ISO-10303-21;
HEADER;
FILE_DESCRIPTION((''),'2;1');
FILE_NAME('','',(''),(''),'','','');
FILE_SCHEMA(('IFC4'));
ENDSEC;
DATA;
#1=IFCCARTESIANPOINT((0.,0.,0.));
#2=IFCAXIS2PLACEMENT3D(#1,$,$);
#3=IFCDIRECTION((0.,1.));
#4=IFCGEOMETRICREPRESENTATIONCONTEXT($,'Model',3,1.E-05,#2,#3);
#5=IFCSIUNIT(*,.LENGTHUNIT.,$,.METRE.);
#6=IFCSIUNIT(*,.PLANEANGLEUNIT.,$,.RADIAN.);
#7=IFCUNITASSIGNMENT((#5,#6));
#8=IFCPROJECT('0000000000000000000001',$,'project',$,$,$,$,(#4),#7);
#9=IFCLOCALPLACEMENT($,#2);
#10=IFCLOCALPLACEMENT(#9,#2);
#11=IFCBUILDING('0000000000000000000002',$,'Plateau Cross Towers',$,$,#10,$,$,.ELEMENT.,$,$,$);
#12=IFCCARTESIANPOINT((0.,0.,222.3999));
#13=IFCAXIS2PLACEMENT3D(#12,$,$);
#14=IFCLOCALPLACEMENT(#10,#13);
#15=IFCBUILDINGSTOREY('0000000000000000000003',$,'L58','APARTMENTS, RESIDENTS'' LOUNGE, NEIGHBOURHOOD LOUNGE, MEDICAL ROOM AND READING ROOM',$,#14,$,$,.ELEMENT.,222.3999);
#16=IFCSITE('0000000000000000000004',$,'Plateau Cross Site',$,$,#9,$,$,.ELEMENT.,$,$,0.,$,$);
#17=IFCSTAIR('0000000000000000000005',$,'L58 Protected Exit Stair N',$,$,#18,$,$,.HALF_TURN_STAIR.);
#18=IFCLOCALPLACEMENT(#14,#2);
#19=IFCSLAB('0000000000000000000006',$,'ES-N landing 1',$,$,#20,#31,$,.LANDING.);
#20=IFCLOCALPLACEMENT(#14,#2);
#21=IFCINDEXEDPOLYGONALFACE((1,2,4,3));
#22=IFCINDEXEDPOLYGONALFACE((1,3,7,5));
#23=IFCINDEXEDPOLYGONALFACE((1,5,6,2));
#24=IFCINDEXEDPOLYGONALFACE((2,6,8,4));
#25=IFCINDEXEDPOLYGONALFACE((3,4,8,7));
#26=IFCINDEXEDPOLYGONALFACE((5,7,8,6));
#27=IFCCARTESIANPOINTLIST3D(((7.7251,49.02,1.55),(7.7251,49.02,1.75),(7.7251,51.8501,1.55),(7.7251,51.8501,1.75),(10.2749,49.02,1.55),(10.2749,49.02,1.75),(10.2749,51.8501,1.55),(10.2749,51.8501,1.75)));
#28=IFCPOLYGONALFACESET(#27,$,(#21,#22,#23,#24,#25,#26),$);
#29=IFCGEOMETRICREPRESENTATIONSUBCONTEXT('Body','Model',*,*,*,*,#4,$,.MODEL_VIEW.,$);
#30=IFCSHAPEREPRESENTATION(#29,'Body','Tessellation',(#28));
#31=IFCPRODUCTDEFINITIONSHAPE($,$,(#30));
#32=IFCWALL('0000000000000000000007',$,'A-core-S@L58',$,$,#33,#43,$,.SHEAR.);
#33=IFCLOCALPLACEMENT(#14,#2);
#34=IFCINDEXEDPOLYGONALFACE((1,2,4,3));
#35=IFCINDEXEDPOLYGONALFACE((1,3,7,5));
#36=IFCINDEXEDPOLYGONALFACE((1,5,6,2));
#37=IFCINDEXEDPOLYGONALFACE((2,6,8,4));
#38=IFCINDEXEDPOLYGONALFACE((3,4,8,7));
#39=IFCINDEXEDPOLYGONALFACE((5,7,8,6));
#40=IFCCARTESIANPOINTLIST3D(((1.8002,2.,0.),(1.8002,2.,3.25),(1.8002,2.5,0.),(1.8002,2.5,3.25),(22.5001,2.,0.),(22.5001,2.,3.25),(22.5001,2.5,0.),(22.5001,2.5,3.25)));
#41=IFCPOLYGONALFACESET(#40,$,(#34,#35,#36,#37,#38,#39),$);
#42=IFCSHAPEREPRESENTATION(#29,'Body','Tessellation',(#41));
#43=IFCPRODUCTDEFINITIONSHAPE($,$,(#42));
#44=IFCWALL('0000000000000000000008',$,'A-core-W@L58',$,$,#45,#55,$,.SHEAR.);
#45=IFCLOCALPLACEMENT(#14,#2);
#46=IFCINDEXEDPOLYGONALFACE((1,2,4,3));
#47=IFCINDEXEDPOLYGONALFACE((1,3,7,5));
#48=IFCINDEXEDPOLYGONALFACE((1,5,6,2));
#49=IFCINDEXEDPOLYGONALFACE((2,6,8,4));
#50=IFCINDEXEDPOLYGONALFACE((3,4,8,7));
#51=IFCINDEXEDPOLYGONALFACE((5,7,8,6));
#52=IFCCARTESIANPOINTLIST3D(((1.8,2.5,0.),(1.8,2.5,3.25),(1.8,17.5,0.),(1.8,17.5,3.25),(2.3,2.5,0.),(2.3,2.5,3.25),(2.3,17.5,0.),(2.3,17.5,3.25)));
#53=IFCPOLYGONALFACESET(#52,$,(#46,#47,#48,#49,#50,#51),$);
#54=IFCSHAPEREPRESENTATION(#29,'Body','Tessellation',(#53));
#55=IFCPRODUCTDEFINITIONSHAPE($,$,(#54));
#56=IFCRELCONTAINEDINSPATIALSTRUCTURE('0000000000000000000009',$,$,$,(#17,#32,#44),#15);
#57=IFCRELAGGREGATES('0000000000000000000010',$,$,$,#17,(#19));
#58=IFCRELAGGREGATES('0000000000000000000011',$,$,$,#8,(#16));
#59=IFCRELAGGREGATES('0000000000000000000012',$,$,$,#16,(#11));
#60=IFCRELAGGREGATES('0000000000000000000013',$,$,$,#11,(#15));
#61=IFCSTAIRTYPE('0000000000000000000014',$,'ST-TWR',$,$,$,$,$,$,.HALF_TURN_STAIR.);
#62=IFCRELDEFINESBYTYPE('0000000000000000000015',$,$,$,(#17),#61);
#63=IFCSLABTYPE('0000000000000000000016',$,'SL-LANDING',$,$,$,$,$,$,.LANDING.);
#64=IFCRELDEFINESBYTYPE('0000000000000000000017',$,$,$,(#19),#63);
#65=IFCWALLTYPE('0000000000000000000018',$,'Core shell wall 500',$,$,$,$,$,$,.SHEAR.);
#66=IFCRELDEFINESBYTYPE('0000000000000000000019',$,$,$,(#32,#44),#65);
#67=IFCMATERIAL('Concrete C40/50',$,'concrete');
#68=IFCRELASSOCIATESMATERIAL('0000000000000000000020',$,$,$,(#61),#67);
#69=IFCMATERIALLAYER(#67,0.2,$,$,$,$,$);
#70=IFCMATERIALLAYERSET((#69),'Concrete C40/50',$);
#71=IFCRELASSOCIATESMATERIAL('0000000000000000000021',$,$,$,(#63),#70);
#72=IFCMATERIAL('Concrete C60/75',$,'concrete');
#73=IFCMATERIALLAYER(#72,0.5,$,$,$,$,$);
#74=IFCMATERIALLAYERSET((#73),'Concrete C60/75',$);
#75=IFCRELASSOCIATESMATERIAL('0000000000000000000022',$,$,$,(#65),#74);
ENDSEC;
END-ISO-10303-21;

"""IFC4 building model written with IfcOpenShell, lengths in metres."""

from ifc_helpers import new_model, si_unit, direction, frame, frame_2d, origin, place, context, subcontext, project, spatial, polyline, rectangle, outline, extrude, material, layer, layer_set, type_object, element, aggregate, save


model = new_model("IFC4")

# Units and contexts
model_context = context("Model", 3, precision=1e-05, world=origin(), true_north=direction((0.0, 1.0)))
body_context = subcontext(model_context, "Body", "Model", "MODEL_VIEW")
ifc_project = project(units=[si_unit("LENGTHUNIT", "METRE"), si_unit("PLANEANGLEUNIT", "RADIAN")], contexts=[model_context])

# Site, building, storey
site_placement = place(None, origin())
site = spatial("IfcSite", under=ifc_project, at=site_placement, Name="Plateau Cross Site", CompositionType="ELEMENT", RefElevation=0.0)
building_placement = place(site_placement, origin())
building = spatial("IfcBuilding", under=site, at=building_placement, Name="Plateau Cross Towers", CompositionType="ELEMENT")
storey_placement = place(building_placement, frame((0.0, 0.0, 222.3999)))
storey = spatial("IfcBuildingStorey", under=building, at=storey_placement, Name="L58", Description="APARTMENTS, RESIDENTS' LOUNGE, NEIGHBOURHOOD LOUNGE, MEDICAL ROOM AND READING ROOM", CompositionType="ELEMENT", Elevation=222.3999)

# Shared definitions
ifc_material_1 = material(Name="Concrete C60/75", Category="concrete")

# Shared definitions
ifc_material_2 = material(Name="Concrete C40/50", Category="concrete")

# Stair, slab
stair_type = type_object("IfcStairType", Name="ST-TWR", PredefinedType="HALF_TURN_STAIR", material=ifc_material_2)
ifc_layer_1 = layer(ifc_material_2, 0.2)
ifc_layer_set_1 = layer_set([ifc_layer_1], Name="Concrete C40/50")
slab_type_1 = type_object("IfcSlabType", Name="SL-LANDING", PredefinedType="LANDING", material=ifc_layer_set_1)
stair_1_placement = place(storey_placement, origin())
stair_1 = element("IfcStair", 1, at=stair_1_placement, inside=storey, type_object=stair_type, Name="L58 Protected Exit Stair N", PredefinedType="HALF_TURN_STAIR")
slab_1_placement = place(storey_placement, frame((0.0, 0.0, 1.55)))
slab_1 = element("IfcSlab", 2, at=slab_1_placement, type_object=slab_type_1, Name="ES-N landing 1", PredefinedType="LANDING", context=body_context, shape_type="SweptSolid", body=[
    extrude(outline(polyline([(10.2749, 49.02), (10.2749, 51.8501), (7.7251, 51.8501), (7.7251, 49.02), (10.2749, 49.02)])), origin(), (0.0, 0.0, 1.0), 0.2),
])
aggregate(stair_1, [slab_1])

# Walls
ifc_layer_2 = layer(ifc_material_1, 0.5)
ifc_layer_set_2 = layer_set([ifc_layer_2], Name="Concrete C60/75")
wall_type = type_object("IfcWallType", Name="Core shell wall 500", PredefinedType="SHEAR", material=ifc_layer_set_2)
wall_1_placement = place(storey_placement, frame((1.8, 2.25, 0.0), z_axis=(0.0, 0.0, 1.0), x_axis=(1.0, 0.0, 0.0)))
element("IfcWall", 3, at=wall_1_placement, inside=storey, type_object=wall_type, Name="A-core-S@L58", PredefinedType="SHEAR", context=body_context, shape_type="SweptSolid", body=[
    extrude(rectangle(XDim=20.7, YDim=0.5, at=frame_2d((10.3501, 0.0))), origin(), (0.0, 0.0, 1.0), 3.25),
])
wall_2_placement = place(storey_placement, frame((2.05, 2.5, 0.0), z_axis=(0.0, 0.0, 1.0), x_axis=(0.0, 1.0, 0.0)))
element("IfcWall", 4, at=wall_2_placement, inside=storey, type_object=wall_type, Name="A-core-W@L58", PredefinedType="SHEAR", context=body_context, shape_type="SweptSolid", body=[
    extrude(rectangle(XDim=15.0, YDim=0.5, at=frame_2d((7.5, 0.0))), origin(), (0.0, 0.0, 1.0), 3.25),
])

save(model, "model.ifc")
